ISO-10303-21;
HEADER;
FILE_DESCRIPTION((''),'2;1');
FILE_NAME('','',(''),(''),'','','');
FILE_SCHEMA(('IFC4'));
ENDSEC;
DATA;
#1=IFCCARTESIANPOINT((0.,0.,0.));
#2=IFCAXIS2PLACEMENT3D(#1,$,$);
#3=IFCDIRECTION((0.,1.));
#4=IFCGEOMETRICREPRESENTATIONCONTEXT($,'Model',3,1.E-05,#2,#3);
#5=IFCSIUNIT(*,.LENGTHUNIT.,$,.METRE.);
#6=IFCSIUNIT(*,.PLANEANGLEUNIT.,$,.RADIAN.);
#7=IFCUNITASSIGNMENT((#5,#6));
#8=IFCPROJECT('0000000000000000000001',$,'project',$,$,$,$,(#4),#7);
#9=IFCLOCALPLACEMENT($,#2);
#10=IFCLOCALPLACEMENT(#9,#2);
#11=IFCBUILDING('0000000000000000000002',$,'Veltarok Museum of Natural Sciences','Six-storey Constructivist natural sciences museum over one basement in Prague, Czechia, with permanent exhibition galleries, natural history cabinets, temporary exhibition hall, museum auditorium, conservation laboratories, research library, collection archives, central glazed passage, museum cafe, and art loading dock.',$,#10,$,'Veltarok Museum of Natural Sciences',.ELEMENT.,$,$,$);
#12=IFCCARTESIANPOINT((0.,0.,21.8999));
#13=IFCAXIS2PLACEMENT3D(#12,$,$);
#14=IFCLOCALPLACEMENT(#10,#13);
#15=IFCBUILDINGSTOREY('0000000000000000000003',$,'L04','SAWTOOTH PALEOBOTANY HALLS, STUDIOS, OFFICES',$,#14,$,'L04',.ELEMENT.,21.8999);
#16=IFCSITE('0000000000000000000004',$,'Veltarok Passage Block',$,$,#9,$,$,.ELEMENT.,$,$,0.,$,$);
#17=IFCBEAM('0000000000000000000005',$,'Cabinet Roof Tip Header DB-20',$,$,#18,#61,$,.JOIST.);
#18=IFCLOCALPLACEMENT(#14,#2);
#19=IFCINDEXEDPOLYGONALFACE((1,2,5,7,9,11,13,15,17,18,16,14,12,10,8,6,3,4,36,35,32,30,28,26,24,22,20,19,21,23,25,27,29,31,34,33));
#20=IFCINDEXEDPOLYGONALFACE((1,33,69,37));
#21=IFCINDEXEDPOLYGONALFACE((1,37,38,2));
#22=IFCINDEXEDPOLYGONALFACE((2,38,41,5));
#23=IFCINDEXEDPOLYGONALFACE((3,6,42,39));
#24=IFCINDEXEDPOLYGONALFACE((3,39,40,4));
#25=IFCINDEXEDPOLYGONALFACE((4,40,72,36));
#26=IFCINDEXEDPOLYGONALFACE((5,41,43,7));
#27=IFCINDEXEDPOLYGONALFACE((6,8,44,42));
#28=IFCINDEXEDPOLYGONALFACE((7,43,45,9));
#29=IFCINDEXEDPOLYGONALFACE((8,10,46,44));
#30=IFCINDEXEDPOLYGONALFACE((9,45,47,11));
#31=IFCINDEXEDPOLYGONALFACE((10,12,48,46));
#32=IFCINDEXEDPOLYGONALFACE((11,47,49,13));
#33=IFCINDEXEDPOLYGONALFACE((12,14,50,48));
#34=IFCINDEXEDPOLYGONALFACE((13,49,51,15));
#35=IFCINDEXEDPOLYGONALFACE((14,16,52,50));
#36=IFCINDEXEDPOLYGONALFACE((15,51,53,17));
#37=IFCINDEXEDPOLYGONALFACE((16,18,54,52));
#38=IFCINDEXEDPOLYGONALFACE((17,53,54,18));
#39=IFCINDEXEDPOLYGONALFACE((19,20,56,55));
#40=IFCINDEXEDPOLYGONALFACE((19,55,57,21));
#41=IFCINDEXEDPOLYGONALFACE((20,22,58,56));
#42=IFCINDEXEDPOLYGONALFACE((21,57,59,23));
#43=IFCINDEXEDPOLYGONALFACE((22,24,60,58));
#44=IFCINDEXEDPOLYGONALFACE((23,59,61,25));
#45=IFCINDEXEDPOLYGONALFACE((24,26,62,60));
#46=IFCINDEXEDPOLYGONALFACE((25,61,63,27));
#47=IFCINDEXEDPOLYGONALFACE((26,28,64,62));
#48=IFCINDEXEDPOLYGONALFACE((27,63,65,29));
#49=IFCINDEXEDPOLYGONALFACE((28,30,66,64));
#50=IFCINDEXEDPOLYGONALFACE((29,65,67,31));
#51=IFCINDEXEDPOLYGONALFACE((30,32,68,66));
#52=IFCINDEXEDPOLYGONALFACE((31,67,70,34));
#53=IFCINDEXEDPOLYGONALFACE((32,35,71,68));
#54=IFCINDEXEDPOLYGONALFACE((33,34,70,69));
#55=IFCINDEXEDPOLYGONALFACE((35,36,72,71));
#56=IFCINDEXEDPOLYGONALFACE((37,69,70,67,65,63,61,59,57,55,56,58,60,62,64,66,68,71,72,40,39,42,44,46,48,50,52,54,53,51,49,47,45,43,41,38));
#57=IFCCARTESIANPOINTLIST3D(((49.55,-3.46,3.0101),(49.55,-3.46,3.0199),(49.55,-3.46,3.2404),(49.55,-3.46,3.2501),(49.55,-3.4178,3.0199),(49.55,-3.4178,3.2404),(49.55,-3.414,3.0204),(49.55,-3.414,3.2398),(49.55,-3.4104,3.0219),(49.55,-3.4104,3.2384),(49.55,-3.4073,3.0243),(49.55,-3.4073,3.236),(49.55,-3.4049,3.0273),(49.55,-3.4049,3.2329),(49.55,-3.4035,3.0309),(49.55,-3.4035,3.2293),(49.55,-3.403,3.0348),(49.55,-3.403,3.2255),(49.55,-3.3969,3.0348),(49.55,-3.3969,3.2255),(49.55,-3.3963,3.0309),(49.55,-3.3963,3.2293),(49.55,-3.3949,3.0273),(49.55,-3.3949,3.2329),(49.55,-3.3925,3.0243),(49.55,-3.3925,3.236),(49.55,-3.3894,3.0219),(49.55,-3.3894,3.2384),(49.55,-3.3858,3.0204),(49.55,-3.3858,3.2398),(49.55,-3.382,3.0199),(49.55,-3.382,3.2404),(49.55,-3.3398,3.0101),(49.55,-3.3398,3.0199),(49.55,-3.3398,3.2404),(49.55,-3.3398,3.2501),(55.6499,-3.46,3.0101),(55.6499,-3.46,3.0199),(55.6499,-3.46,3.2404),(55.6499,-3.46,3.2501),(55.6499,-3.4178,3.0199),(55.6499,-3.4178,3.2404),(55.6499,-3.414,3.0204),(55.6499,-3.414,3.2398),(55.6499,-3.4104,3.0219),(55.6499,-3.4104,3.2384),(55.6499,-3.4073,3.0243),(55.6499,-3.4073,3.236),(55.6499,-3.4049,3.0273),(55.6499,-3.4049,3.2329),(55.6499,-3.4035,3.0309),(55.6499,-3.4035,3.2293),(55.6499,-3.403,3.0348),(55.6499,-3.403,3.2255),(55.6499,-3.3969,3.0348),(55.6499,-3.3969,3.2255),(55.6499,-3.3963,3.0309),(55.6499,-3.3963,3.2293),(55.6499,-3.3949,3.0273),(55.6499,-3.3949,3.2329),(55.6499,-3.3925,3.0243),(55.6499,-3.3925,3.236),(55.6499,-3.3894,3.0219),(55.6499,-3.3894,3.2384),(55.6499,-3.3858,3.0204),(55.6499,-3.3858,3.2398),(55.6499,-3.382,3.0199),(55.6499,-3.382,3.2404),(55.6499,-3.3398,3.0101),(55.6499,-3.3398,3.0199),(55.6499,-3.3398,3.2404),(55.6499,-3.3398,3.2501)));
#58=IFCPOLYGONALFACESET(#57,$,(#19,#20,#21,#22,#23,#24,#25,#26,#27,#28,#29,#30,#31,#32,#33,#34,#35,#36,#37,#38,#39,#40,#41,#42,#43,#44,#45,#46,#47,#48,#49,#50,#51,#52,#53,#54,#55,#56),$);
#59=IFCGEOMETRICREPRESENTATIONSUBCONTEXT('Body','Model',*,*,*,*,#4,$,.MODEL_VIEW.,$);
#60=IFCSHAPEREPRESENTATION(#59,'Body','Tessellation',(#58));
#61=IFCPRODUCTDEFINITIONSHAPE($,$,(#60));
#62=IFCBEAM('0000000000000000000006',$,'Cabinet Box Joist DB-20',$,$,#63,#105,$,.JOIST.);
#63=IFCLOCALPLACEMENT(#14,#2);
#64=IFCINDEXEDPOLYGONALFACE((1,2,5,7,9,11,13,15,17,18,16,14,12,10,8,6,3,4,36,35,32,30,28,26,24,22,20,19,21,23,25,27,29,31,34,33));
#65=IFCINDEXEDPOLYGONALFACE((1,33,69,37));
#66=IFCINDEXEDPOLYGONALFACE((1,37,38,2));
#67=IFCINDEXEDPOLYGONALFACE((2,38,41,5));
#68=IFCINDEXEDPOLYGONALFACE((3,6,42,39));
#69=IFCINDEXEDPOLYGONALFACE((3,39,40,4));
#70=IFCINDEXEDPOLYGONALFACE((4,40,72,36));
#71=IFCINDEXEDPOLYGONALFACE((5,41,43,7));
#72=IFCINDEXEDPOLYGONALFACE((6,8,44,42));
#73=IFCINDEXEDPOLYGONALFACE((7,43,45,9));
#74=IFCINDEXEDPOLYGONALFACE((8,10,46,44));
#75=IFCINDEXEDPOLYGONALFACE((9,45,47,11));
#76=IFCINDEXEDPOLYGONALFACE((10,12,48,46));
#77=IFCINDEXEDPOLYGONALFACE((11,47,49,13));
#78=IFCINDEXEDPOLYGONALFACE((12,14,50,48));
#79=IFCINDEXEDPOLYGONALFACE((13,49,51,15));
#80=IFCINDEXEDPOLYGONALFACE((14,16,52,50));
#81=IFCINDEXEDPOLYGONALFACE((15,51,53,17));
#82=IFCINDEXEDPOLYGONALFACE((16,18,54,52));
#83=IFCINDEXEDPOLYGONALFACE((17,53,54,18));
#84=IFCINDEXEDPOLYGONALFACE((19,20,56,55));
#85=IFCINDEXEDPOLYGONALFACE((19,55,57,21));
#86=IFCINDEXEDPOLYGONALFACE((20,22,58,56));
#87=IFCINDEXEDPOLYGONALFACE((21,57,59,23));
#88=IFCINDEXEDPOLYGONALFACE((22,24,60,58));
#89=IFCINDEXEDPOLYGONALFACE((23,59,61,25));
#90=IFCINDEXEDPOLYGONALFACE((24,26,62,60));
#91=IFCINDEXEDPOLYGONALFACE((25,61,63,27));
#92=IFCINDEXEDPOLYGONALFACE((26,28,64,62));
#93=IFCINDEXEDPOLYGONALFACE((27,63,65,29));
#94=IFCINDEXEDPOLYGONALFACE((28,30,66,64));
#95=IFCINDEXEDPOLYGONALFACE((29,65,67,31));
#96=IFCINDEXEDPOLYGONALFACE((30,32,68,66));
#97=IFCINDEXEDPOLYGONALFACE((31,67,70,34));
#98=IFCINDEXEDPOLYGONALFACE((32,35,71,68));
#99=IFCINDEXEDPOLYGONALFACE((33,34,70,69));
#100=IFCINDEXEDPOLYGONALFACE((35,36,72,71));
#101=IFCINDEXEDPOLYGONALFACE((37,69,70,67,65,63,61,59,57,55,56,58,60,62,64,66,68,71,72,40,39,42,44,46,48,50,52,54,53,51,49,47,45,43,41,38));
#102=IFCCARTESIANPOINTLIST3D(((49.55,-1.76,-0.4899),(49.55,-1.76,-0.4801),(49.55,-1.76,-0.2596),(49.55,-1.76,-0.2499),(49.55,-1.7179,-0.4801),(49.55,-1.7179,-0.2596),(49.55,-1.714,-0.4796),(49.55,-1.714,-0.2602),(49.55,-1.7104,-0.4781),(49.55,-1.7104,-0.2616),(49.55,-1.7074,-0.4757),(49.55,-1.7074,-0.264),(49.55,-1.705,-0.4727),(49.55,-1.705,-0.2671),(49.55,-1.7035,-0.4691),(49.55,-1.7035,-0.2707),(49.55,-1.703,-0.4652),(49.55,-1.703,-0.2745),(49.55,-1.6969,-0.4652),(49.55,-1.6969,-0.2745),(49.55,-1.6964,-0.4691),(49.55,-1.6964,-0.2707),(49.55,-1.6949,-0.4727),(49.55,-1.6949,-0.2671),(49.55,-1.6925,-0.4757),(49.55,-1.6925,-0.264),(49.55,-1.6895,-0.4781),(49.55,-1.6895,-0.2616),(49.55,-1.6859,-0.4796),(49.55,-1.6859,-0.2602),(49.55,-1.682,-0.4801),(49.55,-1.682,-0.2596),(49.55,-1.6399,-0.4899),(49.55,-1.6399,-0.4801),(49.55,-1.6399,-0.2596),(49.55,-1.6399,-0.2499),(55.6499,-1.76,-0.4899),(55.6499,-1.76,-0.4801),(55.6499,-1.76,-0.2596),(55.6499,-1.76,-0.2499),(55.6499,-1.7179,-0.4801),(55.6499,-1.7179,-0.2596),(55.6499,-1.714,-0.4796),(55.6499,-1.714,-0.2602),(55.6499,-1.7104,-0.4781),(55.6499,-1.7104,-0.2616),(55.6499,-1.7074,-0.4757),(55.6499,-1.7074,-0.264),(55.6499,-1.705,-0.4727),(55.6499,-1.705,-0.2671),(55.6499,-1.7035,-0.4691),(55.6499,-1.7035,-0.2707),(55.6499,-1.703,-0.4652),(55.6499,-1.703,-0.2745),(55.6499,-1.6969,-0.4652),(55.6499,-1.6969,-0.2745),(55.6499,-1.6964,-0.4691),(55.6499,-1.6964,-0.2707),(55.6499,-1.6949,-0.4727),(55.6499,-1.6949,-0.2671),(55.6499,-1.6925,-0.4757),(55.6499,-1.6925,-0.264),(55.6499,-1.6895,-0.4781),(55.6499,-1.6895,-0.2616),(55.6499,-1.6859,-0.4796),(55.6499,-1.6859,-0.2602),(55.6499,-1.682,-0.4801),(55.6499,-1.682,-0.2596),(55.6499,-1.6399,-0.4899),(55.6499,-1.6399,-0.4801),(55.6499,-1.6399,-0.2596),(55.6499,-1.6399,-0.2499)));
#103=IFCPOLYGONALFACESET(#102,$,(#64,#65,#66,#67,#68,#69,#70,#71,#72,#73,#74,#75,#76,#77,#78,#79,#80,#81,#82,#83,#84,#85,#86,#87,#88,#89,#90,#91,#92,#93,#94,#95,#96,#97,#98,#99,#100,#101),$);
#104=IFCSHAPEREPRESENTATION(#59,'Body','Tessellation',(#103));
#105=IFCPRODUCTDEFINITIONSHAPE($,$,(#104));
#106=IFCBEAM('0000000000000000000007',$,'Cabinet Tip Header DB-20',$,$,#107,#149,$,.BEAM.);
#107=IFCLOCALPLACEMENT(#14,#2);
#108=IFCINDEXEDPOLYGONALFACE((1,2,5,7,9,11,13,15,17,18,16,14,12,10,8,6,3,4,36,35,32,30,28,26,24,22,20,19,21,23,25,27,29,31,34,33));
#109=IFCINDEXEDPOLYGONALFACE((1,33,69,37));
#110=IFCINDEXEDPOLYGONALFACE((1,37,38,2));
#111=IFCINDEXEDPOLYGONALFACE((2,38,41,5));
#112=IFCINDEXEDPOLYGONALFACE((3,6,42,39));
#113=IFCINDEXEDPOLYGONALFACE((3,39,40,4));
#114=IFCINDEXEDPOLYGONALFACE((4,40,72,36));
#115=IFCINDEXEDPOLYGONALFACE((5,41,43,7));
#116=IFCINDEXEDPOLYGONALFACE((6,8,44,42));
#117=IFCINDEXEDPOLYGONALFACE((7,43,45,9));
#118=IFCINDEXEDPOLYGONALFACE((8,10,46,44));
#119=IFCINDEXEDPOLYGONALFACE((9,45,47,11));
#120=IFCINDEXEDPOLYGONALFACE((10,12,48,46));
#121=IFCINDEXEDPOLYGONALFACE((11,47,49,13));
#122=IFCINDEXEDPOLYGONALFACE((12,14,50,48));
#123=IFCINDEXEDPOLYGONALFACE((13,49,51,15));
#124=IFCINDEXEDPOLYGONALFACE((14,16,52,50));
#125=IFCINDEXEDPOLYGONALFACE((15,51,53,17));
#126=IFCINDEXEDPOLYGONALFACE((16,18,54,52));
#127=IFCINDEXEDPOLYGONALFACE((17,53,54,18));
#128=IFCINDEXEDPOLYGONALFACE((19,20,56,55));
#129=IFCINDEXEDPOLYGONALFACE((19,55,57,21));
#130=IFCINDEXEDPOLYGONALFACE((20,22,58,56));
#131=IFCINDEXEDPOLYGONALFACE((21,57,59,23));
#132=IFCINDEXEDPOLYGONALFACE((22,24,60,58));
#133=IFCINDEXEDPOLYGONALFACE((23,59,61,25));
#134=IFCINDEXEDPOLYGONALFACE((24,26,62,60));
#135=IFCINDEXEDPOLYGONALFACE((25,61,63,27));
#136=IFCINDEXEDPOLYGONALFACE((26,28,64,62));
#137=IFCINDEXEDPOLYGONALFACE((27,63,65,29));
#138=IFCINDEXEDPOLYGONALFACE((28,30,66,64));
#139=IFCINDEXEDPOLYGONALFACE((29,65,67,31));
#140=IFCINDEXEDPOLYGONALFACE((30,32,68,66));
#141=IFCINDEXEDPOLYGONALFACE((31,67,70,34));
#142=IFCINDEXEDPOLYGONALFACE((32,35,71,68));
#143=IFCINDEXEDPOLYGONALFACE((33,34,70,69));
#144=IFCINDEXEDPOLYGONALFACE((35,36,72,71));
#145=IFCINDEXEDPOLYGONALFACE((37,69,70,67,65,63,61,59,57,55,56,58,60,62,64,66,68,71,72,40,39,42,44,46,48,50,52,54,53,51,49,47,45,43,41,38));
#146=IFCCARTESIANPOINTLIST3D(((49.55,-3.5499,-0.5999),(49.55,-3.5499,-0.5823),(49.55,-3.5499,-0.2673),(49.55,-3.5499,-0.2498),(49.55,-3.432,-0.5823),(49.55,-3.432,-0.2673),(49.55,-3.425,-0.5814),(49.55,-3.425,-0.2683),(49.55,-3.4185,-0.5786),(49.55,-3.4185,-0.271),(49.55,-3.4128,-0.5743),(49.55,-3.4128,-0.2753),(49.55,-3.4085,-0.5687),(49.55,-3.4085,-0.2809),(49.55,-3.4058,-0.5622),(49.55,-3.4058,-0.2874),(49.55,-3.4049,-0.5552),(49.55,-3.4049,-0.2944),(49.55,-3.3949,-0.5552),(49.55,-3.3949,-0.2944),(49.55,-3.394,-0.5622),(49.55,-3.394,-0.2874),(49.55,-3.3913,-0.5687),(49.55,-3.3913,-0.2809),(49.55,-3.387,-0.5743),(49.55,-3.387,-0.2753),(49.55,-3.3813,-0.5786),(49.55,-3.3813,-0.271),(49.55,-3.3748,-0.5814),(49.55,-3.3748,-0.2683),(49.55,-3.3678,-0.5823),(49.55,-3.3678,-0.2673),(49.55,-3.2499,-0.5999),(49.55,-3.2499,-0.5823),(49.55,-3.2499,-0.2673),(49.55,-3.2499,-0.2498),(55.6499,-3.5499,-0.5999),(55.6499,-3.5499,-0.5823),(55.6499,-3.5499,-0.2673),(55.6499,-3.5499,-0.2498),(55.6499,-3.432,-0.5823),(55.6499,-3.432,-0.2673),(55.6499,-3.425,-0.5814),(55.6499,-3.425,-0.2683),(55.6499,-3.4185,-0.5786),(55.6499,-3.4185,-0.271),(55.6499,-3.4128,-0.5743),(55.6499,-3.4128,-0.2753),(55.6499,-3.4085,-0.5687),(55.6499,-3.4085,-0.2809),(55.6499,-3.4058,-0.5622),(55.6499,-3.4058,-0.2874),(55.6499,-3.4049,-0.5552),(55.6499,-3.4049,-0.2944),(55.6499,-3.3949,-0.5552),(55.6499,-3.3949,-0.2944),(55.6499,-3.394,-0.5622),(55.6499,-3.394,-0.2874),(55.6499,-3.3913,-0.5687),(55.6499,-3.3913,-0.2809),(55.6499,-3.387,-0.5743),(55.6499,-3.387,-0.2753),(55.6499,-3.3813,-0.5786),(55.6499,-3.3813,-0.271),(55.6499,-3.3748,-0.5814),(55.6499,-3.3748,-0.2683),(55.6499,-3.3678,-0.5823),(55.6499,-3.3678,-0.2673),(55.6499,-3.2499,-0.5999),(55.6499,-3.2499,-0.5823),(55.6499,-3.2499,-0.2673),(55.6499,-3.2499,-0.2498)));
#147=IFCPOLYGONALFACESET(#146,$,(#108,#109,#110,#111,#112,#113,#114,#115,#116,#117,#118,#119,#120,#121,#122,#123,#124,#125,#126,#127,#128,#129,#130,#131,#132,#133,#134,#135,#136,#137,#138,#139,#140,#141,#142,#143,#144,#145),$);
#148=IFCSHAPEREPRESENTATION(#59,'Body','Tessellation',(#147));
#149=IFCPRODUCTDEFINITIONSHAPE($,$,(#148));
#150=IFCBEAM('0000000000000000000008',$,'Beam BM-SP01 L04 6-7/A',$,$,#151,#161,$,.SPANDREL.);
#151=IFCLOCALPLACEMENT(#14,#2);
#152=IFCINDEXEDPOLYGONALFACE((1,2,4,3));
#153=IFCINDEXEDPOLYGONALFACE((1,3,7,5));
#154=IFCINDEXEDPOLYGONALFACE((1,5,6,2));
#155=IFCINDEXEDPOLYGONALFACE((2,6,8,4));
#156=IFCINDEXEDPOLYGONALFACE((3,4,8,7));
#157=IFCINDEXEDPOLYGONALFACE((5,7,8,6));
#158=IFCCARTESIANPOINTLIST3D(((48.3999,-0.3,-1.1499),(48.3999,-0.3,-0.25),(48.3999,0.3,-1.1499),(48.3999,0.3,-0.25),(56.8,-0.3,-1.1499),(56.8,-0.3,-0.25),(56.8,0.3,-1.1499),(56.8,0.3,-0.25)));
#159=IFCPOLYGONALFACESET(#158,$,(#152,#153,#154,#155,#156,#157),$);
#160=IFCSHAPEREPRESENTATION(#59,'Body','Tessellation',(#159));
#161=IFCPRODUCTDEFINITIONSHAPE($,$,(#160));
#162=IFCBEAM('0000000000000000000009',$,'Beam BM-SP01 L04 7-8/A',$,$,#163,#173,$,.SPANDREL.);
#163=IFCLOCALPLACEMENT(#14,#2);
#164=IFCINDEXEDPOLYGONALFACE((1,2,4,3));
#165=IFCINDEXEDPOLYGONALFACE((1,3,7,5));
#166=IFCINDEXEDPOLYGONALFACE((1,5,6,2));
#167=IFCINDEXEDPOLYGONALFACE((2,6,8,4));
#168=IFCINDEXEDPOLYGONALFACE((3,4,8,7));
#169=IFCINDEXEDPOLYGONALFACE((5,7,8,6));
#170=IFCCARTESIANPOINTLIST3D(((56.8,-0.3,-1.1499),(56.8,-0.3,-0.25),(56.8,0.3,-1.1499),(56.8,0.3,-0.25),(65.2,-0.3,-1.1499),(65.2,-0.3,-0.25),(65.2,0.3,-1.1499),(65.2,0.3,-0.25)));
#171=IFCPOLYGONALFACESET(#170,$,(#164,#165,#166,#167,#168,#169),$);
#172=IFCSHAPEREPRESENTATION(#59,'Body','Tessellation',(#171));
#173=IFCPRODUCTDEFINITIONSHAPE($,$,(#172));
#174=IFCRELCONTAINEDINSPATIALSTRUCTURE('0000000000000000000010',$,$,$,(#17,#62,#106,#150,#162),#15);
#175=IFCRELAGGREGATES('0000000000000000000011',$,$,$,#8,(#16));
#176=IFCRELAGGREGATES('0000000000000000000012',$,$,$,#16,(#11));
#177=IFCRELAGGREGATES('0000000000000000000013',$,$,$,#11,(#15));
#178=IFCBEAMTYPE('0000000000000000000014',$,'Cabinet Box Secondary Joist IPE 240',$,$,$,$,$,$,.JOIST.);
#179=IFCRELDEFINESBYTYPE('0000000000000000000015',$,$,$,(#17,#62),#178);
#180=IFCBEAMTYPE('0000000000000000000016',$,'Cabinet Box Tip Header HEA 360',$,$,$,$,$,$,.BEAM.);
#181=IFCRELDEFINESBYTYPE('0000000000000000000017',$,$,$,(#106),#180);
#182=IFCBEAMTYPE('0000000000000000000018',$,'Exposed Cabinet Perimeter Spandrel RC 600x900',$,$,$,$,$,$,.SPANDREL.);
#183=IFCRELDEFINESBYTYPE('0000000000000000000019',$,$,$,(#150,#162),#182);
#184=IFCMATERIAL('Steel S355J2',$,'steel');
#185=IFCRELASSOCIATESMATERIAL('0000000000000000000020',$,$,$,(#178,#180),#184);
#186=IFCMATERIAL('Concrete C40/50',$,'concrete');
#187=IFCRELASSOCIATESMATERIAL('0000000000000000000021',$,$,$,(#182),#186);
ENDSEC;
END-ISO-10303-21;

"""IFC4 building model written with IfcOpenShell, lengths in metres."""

from ifc_helpers import new_model, si_unit, direction, frame, origin, origin_2d, place, context, subcontext, project, spatial, rectangle, i_section, extrude, material, material_profile, profile_set, type_object, element, save


model = new_model("IFC4")

# Units and contexts
model_context = context("Model", 3, precision=1e-05, world=origin(), true_north=direction((0.0, 1.0)))
body_context = subcontext(model_context, "Body", "Model", "MODEL_VIEW")
ifc_project = project(units=[si_unit("LENGTHUNIT", "METRE"), si_unit("PLANEANGLEUNIT", "RADIAN")], contexts=[model_context])

# Site, building, storey
site_placement = place(None, origin())
site = spatial("IfcSite", under=ifc_project, at=site_placement, Name="Veltarok Passage Block", CompositionType="ELEMENT", RefElevation=0.0)
building_placement = place(site_placement, origin())
building = spatial("IfcBuilding", under=site, at=building_placement, Name="Veltarok Museum of Natural Sciences", Description="Six-storey Constructivist natural sciences museum over one basement in Prague, Czechia, with permanent exhibition galleries, natural history cabinets, temporary exhibition hall, museum auditorium, conservation laboratories, research library, collection archives, central glazed passage, museum cafe, and art loading dock.", LongName="Veltarok Museum of Natural Sciences", CompositionType="ELEMENT")
storey_placement = place(building_placement, frame((0.0, 0.0, 21.8999)))
storey = spatial("IfcBuildingStorey", under=building, at=storey_placement, Name="L04", Description="SAWTOOTH PALEOBOTANY HALLS, STUDIOS, OFFICES", LongName="L04", CompositionType="ELEMENT", Elevation=21.8999)

# Shared definitions
ifc_material_1 = material(Name="Concrete C40/50", Category="concrete")
ifc_material_2 = material(Name="Steel S355J2", Category="steel")

# Beams
ifc_material_profile_1 = material_profile(ifc_material_2, i_section(OverallWidth=0.1201, OverallDepth=0.24, WebThickness=0.0061, FlangeThickness=0.0098, FilletRadius=0.0149, at=origin_2d()), Name="IPE 240")
ifc_profile_set_1 = profile_set([ifc_material_profile_1], Name="Steel S355J2")
beam_type_1 = type_object("IfcBeamType", Name="Cabinet Box Secondary Joist IPE 240", PredefinedType="JOIST", material=ifc_profile_set_1)
for number, where, z_axis, x_axis, name in (
    (1, (49.55, -3.3999, 3.1301), (1.0, 0.0, 0.0), (0.0, 1.0, 0.0), "Cabinet Roof Tip Header DB-20"),
    (2, (49.55, -1.7, -0.3699), (1.0, 0.0, 0.0), (0.0, 1.0, 0.0), "Cabinet Box Joist DB-20"),
):
    element("IfcBeam", number, at=place(storey_placement, frame(where, z_axis=z_axis, x_axis=x_axis)), inside=storey, type_object=beam_type_1, Name=name, PredefinedType="JOIST", context=body_context, shape_type="SweptSolid", body=[
        extrude(i_section(OverallWidth=0.1201, OverallDepth=0.24, WebThickness=0.0061, FlangeThickness=0.0098, FilletRadius=0.0149, at=origin_2d()), origin(), (0.0, 0.0, 1.0), 6.0999),
    ])
ifc_material_profile_2 = material_profile(ifc_material_2, i_section(OverallWidth=0.3, OverallDepth=0.3501, WebThickness=0.01, FlangeThickness=0.0176, FilletRadius=0.0271, at=origin_2d()), Name="HEA 360")
ifc_profile_set_2 = profile_set([ifc_material_profile_2], Name="Steel S355J2")
beam_type_2 = type_object("IfcBeamType", Name="Cabinet Box Tip Header HEA 360", PredefinedType="BEAM", material=ifc_profile_set_2)
beam_1_placement = place(storey_placement, frame((49.55, -3.3999, -0.4248), z_axis=(1.0, 0.0, 0.0), x_axis=(0.0, 1.0, 0.0)))
element("IfcBeam", 3, at=beam_1_placement, inside=storey, type_object=beam_type_2, Name="Cabinet Tip Header DB-20", PredefinedType="BEAM", context=body_context, shape_type="SweptSolid", body=[
    extrude(i_section(OverallWidth=0.3, OverallDepth=0.3501, WebThickness=0.01, FlangeThickness=0.0176, FilletRadius=0.0271, at=origin_2d()), origin(), (0.0, 0.0, 1.0), 6.0999),
])
ifc_material_profile_3 = material_profile(ifc_material_1, rectangle(XDim=0.6001, YDim=0.8999, at=origin_2d()), Name="RC 600x900")
ifc_profile_set_3 = profile_set([ifc_material_profile_3], Name="Concrete C40/50")
beam_type_3 = type_object("IfcBeamType", Name="Exposed Cabinet Perimeter Spandrel RC 600x900", PredefinedType="SPANDREL", material=ifc_profile_set_3)
beam_2_placement = place(storey_placement, frame((48.3999, 0.0, -0.7), z_axis=(1.0, 0.0, 0.0), x_axis=(0.0, 1.0, 0.0)))
element("IfcBeam", 4, at=beam_2_placement, inside=storey, type_object=beam_type_3, Name="Beam BM-SP01 L04 6-7/A", PredefinedType="SPANDREL", context=body_context, shape_type="SweptSolid", body=[
    extrude(rectangle(XDim=0.6001, YDim=0.8999, at=origin_2d()), origin(), (0.0, 0.0, 1.0), 8.4001),
])
beam_3_placement = place(storey_placement, frame((56.8, 0.0, -0.7), z_axis=(1.0, 0.0, 0.0), x_axis=(0.0, 1.0, 0.0)))
element("IfcBeam", 5, at=beam_3_placement, inside=storey, type_object=beam_type_3, Name="Beam BM-SP01 L04 7-8/A", PredefinedType="SPANDREL", context=body_context, shape_type="SweptSolid", body=[
    extrude(rectangle(XDim=0.6001, YDim=0.8999, at=origin_2d()), origin(), (0.0, 0.0, 1.0), 8.3999),
])

save(model, "model.ifc")
